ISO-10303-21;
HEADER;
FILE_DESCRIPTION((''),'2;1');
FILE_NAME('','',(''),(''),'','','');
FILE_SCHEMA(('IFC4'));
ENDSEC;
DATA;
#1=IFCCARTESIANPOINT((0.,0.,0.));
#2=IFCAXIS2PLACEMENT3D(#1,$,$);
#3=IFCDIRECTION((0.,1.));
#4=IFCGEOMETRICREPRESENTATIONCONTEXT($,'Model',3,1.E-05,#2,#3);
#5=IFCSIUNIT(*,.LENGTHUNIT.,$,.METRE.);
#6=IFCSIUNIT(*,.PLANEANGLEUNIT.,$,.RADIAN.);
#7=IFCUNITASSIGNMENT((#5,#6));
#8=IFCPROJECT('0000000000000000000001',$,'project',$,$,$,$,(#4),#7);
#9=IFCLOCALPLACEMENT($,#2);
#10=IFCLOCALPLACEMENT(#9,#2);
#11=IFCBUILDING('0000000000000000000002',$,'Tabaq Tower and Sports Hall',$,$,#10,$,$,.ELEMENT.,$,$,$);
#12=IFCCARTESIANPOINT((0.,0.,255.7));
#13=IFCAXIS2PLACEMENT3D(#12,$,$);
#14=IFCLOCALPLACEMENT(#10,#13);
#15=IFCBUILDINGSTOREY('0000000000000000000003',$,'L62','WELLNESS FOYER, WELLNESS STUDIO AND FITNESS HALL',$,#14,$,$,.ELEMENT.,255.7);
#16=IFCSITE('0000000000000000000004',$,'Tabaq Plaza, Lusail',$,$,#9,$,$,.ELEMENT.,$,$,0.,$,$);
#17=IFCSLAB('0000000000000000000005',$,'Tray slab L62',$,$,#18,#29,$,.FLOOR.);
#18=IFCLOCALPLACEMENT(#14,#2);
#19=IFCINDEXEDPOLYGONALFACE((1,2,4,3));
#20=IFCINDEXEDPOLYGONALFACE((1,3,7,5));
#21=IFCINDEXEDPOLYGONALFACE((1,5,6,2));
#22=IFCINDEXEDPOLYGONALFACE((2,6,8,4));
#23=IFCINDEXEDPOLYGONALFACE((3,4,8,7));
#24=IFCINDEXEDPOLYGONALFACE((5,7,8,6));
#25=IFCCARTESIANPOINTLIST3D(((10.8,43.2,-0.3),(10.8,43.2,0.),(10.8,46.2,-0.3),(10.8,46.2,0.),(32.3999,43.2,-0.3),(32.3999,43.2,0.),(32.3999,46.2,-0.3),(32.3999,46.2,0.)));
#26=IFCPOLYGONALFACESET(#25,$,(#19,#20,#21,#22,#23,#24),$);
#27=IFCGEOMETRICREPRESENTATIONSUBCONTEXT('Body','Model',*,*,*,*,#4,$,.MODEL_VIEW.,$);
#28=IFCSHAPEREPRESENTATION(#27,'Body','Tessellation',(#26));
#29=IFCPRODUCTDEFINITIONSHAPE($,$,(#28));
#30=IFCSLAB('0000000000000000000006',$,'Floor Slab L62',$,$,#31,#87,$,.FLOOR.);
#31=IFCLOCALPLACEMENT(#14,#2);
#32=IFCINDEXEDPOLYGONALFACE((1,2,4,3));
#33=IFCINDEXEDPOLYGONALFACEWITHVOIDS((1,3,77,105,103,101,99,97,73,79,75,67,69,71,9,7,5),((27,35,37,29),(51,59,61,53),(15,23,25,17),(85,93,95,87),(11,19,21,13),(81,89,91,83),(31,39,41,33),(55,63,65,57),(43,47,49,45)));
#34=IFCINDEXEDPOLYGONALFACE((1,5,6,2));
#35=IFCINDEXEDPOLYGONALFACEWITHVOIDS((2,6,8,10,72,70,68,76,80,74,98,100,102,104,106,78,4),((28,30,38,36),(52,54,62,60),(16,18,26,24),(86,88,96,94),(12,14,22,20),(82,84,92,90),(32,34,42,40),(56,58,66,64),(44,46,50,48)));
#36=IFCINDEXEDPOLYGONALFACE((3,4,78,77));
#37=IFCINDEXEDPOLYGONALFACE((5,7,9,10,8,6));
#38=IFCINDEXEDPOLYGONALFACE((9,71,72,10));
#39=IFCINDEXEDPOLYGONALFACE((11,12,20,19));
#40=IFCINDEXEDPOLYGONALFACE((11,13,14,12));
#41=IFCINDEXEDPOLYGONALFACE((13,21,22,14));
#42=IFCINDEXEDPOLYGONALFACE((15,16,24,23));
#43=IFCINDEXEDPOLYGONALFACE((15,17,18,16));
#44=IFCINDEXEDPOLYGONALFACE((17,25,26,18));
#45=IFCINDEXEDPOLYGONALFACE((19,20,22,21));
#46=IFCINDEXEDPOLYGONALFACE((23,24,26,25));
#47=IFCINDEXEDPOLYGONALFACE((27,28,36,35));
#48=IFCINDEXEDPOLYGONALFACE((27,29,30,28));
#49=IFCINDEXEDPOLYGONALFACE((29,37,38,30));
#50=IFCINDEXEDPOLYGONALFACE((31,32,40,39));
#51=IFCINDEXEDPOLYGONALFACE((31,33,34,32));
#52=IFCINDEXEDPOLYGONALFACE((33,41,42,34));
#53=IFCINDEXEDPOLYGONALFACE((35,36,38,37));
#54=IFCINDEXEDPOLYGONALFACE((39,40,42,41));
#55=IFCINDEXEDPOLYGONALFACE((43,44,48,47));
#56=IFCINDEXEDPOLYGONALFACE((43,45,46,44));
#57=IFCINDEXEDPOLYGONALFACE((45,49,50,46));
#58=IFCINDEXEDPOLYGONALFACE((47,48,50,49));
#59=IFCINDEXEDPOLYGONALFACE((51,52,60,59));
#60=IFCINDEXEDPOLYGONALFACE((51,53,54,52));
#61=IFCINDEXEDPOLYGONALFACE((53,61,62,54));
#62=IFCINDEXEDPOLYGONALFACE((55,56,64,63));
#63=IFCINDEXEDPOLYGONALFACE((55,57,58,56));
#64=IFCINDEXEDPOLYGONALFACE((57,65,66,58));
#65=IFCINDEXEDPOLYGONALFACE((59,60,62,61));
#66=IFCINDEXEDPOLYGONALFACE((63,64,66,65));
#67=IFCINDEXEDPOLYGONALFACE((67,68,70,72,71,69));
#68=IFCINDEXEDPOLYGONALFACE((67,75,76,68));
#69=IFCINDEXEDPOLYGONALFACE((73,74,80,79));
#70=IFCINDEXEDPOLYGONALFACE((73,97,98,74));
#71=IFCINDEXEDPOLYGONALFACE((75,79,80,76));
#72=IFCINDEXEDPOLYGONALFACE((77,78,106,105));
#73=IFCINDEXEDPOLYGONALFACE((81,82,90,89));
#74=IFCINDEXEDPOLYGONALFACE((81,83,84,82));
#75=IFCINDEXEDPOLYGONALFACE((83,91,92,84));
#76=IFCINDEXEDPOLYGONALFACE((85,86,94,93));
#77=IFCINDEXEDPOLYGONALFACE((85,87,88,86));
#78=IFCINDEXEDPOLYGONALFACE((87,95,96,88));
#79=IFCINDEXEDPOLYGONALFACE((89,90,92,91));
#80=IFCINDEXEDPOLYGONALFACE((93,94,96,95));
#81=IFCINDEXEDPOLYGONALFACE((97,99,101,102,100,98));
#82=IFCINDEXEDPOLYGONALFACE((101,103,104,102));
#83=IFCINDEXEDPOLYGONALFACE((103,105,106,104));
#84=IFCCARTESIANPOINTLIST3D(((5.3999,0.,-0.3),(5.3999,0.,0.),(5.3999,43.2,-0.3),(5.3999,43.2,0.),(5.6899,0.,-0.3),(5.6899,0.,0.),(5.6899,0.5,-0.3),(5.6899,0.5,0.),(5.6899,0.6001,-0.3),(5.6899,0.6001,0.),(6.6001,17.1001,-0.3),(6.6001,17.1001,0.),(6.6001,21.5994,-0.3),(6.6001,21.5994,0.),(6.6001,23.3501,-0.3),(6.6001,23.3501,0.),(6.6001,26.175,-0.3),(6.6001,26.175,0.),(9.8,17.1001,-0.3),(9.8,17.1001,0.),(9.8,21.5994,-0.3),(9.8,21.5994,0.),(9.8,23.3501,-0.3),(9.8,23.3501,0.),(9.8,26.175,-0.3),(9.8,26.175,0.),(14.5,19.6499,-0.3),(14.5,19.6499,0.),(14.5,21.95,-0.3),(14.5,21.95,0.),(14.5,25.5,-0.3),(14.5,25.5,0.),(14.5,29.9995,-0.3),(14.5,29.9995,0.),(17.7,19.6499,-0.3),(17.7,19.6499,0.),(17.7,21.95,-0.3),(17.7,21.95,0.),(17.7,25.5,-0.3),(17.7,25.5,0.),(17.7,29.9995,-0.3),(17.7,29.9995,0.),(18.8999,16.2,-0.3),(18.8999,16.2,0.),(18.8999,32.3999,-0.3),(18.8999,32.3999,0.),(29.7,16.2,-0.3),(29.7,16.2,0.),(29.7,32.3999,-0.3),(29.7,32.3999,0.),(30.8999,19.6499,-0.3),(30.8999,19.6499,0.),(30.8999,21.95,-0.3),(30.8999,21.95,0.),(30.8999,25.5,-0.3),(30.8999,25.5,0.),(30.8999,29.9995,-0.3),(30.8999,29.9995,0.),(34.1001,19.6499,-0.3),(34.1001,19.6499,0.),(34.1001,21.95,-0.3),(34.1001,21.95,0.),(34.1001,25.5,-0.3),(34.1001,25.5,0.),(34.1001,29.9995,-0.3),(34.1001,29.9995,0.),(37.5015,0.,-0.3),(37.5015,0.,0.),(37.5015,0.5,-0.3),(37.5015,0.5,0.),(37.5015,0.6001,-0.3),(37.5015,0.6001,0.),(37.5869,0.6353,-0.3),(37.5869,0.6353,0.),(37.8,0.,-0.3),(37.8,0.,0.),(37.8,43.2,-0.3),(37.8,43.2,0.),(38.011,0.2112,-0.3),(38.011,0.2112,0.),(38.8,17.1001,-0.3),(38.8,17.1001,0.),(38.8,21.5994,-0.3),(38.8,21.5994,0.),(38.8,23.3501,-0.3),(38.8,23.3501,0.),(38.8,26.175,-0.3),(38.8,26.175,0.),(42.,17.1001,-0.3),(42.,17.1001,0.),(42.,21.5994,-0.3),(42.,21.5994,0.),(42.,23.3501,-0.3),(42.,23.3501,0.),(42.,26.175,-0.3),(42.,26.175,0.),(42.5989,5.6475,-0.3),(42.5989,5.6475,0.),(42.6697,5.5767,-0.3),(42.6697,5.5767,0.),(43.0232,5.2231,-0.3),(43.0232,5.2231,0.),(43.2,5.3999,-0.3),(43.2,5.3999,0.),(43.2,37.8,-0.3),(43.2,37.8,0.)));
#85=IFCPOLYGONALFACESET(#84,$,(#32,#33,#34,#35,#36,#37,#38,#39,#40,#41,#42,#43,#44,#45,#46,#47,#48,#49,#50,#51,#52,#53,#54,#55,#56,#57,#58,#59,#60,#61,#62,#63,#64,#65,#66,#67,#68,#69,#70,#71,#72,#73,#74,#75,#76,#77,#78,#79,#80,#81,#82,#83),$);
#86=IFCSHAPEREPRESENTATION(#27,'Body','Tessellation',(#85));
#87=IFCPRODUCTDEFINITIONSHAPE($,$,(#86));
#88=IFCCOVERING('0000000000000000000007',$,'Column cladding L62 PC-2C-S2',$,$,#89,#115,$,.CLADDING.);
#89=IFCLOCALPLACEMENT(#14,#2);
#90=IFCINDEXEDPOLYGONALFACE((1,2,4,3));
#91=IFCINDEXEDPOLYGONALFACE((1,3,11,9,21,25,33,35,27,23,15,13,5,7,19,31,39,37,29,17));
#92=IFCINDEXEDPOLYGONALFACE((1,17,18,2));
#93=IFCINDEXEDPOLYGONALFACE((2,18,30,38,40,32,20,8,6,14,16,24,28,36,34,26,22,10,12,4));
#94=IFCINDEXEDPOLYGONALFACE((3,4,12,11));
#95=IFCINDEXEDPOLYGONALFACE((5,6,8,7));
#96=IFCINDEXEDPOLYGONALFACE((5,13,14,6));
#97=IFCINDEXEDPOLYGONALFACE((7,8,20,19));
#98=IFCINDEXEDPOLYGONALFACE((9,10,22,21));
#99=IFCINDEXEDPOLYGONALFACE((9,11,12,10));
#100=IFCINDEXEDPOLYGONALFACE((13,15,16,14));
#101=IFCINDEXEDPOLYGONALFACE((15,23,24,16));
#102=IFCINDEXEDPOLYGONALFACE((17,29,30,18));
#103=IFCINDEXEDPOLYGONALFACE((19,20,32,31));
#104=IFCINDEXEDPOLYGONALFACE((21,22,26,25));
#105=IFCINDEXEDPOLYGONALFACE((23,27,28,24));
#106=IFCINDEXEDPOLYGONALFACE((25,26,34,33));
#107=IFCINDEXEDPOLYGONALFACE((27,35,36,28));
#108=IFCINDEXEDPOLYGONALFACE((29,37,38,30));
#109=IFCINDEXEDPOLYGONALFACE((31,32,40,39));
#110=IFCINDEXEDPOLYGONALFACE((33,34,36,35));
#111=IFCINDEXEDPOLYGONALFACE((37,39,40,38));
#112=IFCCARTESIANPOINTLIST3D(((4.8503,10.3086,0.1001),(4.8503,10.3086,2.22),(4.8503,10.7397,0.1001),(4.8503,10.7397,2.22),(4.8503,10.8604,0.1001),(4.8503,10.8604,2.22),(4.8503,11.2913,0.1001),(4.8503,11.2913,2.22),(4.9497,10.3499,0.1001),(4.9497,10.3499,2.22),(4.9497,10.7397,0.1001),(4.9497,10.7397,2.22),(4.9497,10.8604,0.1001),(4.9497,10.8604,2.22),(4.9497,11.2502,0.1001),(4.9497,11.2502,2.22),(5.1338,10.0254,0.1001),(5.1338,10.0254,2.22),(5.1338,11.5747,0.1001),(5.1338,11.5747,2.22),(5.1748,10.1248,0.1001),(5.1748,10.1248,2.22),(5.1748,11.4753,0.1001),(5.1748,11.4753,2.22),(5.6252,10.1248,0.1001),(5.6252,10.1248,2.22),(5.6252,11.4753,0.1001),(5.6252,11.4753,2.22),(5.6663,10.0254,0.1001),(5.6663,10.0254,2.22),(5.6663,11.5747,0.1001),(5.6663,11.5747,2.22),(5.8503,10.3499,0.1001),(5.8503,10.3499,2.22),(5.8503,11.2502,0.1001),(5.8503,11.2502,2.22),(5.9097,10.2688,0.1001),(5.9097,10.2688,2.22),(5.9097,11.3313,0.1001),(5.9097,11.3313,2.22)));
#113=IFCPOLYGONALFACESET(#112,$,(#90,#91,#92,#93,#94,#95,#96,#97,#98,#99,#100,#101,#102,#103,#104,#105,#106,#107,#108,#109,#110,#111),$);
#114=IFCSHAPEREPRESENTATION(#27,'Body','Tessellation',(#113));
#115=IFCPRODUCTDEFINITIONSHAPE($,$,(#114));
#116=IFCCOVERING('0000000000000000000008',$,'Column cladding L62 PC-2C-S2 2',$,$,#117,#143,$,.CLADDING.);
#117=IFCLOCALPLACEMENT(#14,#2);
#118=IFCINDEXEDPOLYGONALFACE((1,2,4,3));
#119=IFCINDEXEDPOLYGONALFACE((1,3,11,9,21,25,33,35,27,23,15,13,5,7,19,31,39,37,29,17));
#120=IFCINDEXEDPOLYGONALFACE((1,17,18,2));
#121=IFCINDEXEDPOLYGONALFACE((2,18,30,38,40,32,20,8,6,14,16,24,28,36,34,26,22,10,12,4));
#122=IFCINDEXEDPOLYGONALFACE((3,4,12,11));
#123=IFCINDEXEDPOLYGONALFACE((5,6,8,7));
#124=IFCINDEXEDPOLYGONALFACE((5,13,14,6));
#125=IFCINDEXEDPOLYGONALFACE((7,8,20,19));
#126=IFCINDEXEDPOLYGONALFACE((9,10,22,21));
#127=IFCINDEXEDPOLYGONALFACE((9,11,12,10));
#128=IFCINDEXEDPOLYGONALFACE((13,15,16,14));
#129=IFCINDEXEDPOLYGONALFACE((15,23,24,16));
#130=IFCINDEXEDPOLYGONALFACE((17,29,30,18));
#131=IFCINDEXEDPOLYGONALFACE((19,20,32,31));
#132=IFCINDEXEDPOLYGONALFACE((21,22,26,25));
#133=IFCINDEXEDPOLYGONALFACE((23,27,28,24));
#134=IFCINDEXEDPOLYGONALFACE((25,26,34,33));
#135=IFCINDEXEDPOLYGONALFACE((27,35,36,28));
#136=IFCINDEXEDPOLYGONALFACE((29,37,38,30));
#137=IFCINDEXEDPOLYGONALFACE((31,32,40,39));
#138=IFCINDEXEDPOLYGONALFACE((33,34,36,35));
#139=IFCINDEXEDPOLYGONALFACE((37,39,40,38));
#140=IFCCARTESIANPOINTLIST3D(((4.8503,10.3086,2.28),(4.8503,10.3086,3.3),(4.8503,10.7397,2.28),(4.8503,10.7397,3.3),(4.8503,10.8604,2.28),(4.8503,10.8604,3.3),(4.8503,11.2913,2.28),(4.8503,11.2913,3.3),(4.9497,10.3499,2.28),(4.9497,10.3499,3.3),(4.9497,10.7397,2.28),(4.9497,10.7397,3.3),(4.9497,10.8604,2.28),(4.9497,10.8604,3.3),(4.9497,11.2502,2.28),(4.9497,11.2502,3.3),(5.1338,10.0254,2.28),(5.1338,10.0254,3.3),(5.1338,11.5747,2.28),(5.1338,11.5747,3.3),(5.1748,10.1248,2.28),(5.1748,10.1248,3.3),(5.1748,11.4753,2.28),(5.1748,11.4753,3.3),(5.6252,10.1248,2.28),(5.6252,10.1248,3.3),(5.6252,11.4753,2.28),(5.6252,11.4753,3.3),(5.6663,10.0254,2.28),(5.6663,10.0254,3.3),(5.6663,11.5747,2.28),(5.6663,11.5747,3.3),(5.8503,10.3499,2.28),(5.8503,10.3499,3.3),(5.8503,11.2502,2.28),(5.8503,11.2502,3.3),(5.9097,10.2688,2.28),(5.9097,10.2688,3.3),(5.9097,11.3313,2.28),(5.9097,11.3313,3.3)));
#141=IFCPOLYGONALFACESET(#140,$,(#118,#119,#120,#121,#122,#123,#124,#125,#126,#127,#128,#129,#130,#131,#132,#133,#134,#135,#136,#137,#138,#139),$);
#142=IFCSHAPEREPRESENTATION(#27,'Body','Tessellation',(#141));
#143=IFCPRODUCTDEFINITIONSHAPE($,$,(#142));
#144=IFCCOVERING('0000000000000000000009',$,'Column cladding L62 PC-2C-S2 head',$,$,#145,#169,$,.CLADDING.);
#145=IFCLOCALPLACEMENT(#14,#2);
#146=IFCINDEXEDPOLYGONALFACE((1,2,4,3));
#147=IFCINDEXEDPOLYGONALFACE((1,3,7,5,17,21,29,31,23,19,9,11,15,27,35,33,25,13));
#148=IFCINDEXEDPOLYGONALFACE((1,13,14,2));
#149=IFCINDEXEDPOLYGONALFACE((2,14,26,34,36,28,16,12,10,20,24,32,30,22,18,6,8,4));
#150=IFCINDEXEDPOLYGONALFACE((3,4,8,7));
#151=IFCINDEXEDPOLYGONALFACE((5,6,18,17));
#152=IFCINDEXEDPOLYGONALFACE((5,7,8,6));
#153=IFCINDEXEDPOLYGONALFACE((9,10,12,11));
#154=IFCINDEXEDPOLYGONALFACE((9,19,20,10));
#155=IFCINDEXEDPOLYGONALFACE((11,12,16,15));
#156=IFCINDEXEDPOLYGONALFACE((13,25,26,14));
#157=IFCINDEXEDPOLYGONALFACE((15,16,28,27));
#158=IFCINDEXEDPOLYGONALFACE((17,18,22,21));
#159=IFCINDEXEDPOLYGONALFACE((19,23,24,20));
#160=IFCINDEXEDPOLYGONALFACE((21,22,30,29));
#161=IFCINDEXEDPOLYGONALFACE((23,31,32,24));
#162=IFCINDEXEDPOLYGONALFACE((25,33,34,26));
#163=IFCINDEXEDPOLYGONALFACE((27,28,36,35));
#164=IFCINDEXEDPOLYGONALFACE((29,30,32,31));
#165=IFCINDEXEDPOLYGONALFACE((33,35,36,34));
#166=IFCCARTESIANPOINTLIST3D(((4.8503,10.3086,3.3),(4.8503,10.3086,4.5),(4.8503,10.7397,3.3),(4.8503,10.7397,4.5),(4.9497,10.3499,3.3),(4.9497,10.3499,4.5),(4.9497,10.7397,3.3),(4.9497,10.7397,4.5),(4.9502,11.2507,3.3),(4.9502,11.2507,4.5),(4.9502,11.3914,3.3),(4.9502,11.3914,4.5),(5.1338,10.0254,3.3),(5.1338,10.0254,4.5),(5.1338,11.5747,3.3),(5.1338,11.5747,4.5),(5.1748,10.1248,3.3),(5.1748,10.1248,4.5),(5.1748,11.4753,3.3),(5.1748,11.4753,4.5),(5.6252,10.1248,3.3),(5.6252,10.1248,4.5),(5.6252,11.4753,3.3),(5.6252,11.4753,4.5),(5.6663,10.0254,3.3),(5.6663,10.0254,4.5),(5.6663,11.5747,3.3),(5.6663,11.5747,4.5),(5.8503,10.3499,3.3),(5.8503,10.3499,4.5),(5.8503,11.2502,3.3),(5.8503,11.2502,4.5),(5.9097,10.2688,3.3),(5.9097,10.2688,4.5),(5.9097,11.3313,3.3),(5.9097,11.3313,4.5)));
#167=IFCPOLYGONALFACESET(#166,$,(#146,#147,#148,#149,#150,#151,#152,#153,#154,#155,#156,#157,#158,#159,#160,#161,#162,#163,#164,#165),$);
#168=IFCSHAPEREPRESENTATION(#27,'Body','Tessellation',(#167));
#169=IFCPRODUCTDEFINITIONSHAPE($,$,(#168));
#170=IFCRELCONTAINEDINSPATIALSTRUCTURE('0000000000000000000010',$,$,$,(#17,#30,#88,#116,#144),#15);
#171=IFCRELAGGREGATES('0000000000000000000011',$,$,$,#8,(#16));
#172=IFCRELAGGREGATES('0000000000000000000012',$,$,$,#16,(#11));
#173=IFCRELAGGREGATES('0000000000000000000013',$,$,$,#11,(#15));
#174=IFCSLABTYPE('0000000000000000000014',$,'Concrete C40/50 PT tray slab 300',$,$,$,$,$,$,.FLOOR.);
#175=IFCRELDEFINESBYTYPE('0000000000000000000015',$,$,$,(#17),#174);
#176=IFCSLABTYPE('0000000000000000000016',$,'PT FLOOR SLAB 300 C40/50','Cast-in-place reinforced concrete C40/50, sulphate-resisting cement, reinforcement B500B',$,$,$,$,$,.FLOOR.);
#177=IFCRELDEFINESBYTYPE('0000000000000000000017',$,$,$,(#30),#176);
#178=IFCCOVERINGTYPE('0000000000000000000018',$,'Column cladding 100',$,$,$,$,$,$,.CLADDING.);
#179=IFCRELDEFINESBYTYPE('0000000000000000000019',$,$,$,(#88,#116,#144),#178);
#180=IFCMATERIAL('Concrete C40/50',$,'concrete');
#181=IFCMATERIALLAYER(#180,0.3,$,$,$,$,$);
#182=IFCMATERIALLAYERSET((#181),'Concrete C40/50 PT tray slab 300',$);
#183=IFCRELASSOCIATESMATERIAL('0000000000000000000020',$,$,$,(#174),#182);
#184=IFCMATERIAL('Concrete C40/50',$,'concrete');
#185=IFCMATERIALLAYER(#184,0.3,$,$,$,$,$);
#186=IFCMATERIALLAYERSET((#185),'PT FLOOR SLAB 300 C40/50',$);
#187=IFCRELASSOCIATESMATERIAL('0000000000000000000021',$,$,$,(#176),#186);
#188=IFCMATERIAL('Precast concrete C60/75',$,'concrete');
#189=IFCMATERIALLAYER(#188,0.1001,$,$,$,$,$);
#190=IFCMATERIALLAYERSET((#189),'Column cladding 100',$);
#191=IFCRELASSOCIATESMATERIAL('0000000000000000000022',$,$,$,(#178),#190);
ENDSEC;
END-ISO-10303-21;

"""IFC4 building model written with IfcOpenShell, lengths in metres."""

from ifc_helpers import new_model, si_unit, direction, frame, origin, place, context, subcontext, project, spatial, polyline, outline, extrude, material, layer, layer_set, type_object, element, save


model = new_model("IFC4")

# Units and contexts
model_context = context("Model", 3, precision=1e-05, world=origin(), true_north=direction((0.0, 1.0)))
body_context = subcontext(model_context, "Body", "Model", "MODEL_VIEW")
ifc_project = project(units=[si_unit("LENGTHUNIT", "METRE"), si_unit("PLANEANGLEUNIT", "RADIAN")], contexts=[model_context])

# Site, building, storey
site_placement = place(None, origin())
site = spatial("IfcSite", under=ifc_project, at=site_placement, Name="Tabaq Plaza, Lusail", CompositionType="ELEMENT", RefElevation=0.0)
building_placement = place(site_placement, origin())
building = spatial("IfcBuilding", under=site, at=building_placement, Name="Tabaq Tower and Sports Hall", CompositionType="ELEMENT")
storey_placement = place(building_placement, frame((0.0, 0.0, 255.7)))
storey = spatial("IfcBuildingStorey", under=building, at=storey_placement, Name="L62", Description="WELLNESS FOYER, WELLNESS STUDIO AND FITNESS HALL", CompositionType="ELEMENT", Elevation=255.7)

# Slabs
ifc_material_1 = material(Name="Concrete C40/50", Category="concrete")
ifc_layer_1 = layer(ifc_material_1, 0.3)
ifc_layer_set_1 = layer_set([ifc_layer_1], Name="Concrete C40/50 PT tray slab 300")
slab_type_1 = type_object("IfcSlabType", Name="Concrete C40/50 PT tray slab 300", PredefinedType="FLOOR", material=ifc_layer_set_1)
slab_1_placement = place(storey_placement, frame((0.0, 0.0, -0.3)))
element("IfcSlab", 1, at=slab_1_placement, inside=storey, type_object=slab_type_1, Name="Tray slab L62", PredefinedType="FLOOR", context=body_context, shape_type="SweptSolid", body=[
    extrude(outline(polyline([(32.3999, 43.2), (10.8, 43.2), (10.8, 46.2), (32.3999, 46.2), (32.3999, 43.2)])), origin(), (0.0, 0.0, 1.0), 0.3),
])
ifc_material_2 = material(Name="Concrete C40/50", Category="concrete")
ifc_layer_2 = layer(ifc_material_2, 0.3)
ifc_layer_set_2 = layer_set([ifc_layer_2], Name="PT FLOOR SLAB 300 C40/50")
slab_type_2 = type_object("IfcSlabType", Name="PT FLOOR SLAB 300 C40/50", Description="Cast-in-place reinforced concrete C40/50, sulphate-resisting cement, reinforcement B500B", PredefinedType="FLOOR", material=ifc_layer_set_2)
slab_2_placement = place(storey_placement, frame((0.0, 0.0, -0.3)))
element("IfcSlab", 2, at=slab_2_placement, inside=storey, type_object=slab_type_2, Name="Floor Slab L62", PredefinedType="FLOOR", context=body_context, shape_type="SweptSolid", body=[
    extrude(outline(polyline([(43.2, 5.3999), (43.2, 37.8), (37.8, 43.2), (5.3999, 43.2), (5.3999, 0.0), (5.6899, 0.0), (5.6899, 0.5), (5.6899, 0.6001), (37.5015, 0.6001), (37.5015, 0.5), (37.5015, 0.0), (37.8, 0.0), (38.011, 0.2112), (37.5869, 0.6353), (42.5989, 5.6475), (42.6697, 5.5767), (43.0232, 5.2231), (43.2, 5.3999)]), holes=[polyline([(6.6001, 21.5994), (9.8, 21.5994), (9.8, 17.1001), (6.6001, 17.1001), (6.6001, 21.5994)]), polyline([(38.8, 21.5994), (42.0, 21.5994), (42.0, 17.1001), (38.8, 17.1001), (38.8, 21.5994)]), polyline([(14.5, 21.95), (17.7, 21.95), (17.7, 19.6499), (14.5, 19.6499), (14.5, 21.95)]), polyline([(30.8999, 21.95), (34.1001, 21.95), (34.1001, 19.6499), (30.8999, 19.6499), (30.8999, 21.95)]), polyline([(18.8999, 16.2), (18.8999, 32.3999), (29.7, 32.3999), (29.7, 16.2), (18.8999, 16.2)]), polyline([(6.6001, 26.175), (9.8, 26.175), (9.8, 23.3501), (6.6001, 23.3501), (6.6001, 26.175)]), polyline([(38.8, 26.175), (42.0, 26.175), (42.0, 23.3501), (38.8, 23.3501), (38.8, 26.175)]), polyline([(17.7, 29.9995), (17.7, 25.5), (14.5, 25.5), (14.5, 29.9995), (17.7, 29.9995)]), polyline([(34.1001, 29.9995), (34.1001, 25.5), (30.8999, 25.5), (30.8999, 29.9995), (34.1001, 29.9995)])]), origin(), (0.0, 0.0, 1.0), 0.3),
])

# Coverings
ifc_material_3 = material(Name="Precast concrete C60/75", Category="concrete")
ifc_layer_3 = layer(ifc_material_3, 0.1001)
ifc_layer_set_3 = layer_set([ifc_layer_3], Name="Column cladding 100")
covering_type = type_object("IfcCoveringType", Name="Column cladding 100", PredefinedType="CLADDING", material=ifc_layer_set_3)
covering_1_placement = place(storey_placement, frame((0.0, 0.0, 0.1001)))
element("IfcCovering", 3, at=covering_1_placement, inside=storey, type_object=covering_type, Name="Column cladding L62 PC-2C-S2", PredefinedType="CLADDING", context=body_context, shape_type="SweptSolid", body=[
    extrude(outline(polyline([(5.1338, 10.0254), (4.8503, 10.3086), (4.8503, 10.7397), (4.9497, 10.7397), (4.9497, 10.3499), (5.1748, 10.1248), (5.6252, 10.1248), (5.8503, 10.3499), (5.8503, 11.2502), (5.6252, 11.4753), (5.1748, 11.4753), (4.9497, 11.2502), (4.9497, 10.8604), (4.8503, 10.8604), (4.8503, 11.2913), (5.1338, 11.5747), (5.6663, 11.5747), (5.9097, 11.3313), (5.9097, 10.2688), (5.6663, 10.0254), (5.1338, 10.0254)])), origin(), (0.0, 0.0, 1.0), 2.1199),
])
covering_2_placement = place(storey_placement, frame((0.0, 0.0, 2.28)))
element("IfcCovering", 4, at=covering_2_placement, inside=storey, type_object=covering_type, Name="Column cladding L62 PC-2C-S2 2", PredefinedType="CLADDING", context=body_context, shape_type="SweptSolid", body=[
    extrude(outline(polyline([(5.1338, 10.0254), (4.8503, 10.3086), (4.8503, 10.7397), (4.9497, 10.7397), (4.9497, 10.3499), (5.1748, 10.1248), (5.6252, 10.1248), (5.8503, 10.3499), (5.8503, 11.2502), (5.6252, 11.4753), (5.1748, 11.4753), (4.9497, 11.2502), (4.9497, 10.8604), (4.8503, 10.8604), (4.8503, 11.2913), (5.1338, 11.5747), (5.6663, 11.5747), (5.9097, 11.3313), (5.9097, 10.2688), (5.6663, 10.0254), (5.1338, 10.0254)])), origin(), (0.0, 0.0, 1.0), 1.02),
])
covering_3_placement = place(storey_placement, frame((0.0, 0.0, 3.3)))
element("IfcCovering", 5, at=covering_3_placement, inside=storey, type_object=covering_type, Name="Column cladding L62 PC-2C-S2 head", PredefinedType="CLADDING", context=body_context, shape_type="SweptSolid", body=[
    extrude(outline(polyline([(4.8503, 10.3086), (4.8503, 10.7397), (4.9497, 10.7397), (4.9497, 10.3499), (5.1748, 10.1248), (5.6252, 10.1248), (5.8503, 10.3499), (5.8503, 11.2502), (5.6252, 11.4753), (5.1748, 11.4753), (4.9502, 11.2507), (4.9502, 11.3914), (5.1338, 11.5747), (5.6663, 11.5747), (5.9097, 11.3313), (5.9097, 10.2688), (5.6663, 10.0254), (5.1338, 10.0254), (4.8503, 10.3086)])), origin(), (0.0, 0.0, 1.0), 1.2),
])

save(model, "model.ifc")
